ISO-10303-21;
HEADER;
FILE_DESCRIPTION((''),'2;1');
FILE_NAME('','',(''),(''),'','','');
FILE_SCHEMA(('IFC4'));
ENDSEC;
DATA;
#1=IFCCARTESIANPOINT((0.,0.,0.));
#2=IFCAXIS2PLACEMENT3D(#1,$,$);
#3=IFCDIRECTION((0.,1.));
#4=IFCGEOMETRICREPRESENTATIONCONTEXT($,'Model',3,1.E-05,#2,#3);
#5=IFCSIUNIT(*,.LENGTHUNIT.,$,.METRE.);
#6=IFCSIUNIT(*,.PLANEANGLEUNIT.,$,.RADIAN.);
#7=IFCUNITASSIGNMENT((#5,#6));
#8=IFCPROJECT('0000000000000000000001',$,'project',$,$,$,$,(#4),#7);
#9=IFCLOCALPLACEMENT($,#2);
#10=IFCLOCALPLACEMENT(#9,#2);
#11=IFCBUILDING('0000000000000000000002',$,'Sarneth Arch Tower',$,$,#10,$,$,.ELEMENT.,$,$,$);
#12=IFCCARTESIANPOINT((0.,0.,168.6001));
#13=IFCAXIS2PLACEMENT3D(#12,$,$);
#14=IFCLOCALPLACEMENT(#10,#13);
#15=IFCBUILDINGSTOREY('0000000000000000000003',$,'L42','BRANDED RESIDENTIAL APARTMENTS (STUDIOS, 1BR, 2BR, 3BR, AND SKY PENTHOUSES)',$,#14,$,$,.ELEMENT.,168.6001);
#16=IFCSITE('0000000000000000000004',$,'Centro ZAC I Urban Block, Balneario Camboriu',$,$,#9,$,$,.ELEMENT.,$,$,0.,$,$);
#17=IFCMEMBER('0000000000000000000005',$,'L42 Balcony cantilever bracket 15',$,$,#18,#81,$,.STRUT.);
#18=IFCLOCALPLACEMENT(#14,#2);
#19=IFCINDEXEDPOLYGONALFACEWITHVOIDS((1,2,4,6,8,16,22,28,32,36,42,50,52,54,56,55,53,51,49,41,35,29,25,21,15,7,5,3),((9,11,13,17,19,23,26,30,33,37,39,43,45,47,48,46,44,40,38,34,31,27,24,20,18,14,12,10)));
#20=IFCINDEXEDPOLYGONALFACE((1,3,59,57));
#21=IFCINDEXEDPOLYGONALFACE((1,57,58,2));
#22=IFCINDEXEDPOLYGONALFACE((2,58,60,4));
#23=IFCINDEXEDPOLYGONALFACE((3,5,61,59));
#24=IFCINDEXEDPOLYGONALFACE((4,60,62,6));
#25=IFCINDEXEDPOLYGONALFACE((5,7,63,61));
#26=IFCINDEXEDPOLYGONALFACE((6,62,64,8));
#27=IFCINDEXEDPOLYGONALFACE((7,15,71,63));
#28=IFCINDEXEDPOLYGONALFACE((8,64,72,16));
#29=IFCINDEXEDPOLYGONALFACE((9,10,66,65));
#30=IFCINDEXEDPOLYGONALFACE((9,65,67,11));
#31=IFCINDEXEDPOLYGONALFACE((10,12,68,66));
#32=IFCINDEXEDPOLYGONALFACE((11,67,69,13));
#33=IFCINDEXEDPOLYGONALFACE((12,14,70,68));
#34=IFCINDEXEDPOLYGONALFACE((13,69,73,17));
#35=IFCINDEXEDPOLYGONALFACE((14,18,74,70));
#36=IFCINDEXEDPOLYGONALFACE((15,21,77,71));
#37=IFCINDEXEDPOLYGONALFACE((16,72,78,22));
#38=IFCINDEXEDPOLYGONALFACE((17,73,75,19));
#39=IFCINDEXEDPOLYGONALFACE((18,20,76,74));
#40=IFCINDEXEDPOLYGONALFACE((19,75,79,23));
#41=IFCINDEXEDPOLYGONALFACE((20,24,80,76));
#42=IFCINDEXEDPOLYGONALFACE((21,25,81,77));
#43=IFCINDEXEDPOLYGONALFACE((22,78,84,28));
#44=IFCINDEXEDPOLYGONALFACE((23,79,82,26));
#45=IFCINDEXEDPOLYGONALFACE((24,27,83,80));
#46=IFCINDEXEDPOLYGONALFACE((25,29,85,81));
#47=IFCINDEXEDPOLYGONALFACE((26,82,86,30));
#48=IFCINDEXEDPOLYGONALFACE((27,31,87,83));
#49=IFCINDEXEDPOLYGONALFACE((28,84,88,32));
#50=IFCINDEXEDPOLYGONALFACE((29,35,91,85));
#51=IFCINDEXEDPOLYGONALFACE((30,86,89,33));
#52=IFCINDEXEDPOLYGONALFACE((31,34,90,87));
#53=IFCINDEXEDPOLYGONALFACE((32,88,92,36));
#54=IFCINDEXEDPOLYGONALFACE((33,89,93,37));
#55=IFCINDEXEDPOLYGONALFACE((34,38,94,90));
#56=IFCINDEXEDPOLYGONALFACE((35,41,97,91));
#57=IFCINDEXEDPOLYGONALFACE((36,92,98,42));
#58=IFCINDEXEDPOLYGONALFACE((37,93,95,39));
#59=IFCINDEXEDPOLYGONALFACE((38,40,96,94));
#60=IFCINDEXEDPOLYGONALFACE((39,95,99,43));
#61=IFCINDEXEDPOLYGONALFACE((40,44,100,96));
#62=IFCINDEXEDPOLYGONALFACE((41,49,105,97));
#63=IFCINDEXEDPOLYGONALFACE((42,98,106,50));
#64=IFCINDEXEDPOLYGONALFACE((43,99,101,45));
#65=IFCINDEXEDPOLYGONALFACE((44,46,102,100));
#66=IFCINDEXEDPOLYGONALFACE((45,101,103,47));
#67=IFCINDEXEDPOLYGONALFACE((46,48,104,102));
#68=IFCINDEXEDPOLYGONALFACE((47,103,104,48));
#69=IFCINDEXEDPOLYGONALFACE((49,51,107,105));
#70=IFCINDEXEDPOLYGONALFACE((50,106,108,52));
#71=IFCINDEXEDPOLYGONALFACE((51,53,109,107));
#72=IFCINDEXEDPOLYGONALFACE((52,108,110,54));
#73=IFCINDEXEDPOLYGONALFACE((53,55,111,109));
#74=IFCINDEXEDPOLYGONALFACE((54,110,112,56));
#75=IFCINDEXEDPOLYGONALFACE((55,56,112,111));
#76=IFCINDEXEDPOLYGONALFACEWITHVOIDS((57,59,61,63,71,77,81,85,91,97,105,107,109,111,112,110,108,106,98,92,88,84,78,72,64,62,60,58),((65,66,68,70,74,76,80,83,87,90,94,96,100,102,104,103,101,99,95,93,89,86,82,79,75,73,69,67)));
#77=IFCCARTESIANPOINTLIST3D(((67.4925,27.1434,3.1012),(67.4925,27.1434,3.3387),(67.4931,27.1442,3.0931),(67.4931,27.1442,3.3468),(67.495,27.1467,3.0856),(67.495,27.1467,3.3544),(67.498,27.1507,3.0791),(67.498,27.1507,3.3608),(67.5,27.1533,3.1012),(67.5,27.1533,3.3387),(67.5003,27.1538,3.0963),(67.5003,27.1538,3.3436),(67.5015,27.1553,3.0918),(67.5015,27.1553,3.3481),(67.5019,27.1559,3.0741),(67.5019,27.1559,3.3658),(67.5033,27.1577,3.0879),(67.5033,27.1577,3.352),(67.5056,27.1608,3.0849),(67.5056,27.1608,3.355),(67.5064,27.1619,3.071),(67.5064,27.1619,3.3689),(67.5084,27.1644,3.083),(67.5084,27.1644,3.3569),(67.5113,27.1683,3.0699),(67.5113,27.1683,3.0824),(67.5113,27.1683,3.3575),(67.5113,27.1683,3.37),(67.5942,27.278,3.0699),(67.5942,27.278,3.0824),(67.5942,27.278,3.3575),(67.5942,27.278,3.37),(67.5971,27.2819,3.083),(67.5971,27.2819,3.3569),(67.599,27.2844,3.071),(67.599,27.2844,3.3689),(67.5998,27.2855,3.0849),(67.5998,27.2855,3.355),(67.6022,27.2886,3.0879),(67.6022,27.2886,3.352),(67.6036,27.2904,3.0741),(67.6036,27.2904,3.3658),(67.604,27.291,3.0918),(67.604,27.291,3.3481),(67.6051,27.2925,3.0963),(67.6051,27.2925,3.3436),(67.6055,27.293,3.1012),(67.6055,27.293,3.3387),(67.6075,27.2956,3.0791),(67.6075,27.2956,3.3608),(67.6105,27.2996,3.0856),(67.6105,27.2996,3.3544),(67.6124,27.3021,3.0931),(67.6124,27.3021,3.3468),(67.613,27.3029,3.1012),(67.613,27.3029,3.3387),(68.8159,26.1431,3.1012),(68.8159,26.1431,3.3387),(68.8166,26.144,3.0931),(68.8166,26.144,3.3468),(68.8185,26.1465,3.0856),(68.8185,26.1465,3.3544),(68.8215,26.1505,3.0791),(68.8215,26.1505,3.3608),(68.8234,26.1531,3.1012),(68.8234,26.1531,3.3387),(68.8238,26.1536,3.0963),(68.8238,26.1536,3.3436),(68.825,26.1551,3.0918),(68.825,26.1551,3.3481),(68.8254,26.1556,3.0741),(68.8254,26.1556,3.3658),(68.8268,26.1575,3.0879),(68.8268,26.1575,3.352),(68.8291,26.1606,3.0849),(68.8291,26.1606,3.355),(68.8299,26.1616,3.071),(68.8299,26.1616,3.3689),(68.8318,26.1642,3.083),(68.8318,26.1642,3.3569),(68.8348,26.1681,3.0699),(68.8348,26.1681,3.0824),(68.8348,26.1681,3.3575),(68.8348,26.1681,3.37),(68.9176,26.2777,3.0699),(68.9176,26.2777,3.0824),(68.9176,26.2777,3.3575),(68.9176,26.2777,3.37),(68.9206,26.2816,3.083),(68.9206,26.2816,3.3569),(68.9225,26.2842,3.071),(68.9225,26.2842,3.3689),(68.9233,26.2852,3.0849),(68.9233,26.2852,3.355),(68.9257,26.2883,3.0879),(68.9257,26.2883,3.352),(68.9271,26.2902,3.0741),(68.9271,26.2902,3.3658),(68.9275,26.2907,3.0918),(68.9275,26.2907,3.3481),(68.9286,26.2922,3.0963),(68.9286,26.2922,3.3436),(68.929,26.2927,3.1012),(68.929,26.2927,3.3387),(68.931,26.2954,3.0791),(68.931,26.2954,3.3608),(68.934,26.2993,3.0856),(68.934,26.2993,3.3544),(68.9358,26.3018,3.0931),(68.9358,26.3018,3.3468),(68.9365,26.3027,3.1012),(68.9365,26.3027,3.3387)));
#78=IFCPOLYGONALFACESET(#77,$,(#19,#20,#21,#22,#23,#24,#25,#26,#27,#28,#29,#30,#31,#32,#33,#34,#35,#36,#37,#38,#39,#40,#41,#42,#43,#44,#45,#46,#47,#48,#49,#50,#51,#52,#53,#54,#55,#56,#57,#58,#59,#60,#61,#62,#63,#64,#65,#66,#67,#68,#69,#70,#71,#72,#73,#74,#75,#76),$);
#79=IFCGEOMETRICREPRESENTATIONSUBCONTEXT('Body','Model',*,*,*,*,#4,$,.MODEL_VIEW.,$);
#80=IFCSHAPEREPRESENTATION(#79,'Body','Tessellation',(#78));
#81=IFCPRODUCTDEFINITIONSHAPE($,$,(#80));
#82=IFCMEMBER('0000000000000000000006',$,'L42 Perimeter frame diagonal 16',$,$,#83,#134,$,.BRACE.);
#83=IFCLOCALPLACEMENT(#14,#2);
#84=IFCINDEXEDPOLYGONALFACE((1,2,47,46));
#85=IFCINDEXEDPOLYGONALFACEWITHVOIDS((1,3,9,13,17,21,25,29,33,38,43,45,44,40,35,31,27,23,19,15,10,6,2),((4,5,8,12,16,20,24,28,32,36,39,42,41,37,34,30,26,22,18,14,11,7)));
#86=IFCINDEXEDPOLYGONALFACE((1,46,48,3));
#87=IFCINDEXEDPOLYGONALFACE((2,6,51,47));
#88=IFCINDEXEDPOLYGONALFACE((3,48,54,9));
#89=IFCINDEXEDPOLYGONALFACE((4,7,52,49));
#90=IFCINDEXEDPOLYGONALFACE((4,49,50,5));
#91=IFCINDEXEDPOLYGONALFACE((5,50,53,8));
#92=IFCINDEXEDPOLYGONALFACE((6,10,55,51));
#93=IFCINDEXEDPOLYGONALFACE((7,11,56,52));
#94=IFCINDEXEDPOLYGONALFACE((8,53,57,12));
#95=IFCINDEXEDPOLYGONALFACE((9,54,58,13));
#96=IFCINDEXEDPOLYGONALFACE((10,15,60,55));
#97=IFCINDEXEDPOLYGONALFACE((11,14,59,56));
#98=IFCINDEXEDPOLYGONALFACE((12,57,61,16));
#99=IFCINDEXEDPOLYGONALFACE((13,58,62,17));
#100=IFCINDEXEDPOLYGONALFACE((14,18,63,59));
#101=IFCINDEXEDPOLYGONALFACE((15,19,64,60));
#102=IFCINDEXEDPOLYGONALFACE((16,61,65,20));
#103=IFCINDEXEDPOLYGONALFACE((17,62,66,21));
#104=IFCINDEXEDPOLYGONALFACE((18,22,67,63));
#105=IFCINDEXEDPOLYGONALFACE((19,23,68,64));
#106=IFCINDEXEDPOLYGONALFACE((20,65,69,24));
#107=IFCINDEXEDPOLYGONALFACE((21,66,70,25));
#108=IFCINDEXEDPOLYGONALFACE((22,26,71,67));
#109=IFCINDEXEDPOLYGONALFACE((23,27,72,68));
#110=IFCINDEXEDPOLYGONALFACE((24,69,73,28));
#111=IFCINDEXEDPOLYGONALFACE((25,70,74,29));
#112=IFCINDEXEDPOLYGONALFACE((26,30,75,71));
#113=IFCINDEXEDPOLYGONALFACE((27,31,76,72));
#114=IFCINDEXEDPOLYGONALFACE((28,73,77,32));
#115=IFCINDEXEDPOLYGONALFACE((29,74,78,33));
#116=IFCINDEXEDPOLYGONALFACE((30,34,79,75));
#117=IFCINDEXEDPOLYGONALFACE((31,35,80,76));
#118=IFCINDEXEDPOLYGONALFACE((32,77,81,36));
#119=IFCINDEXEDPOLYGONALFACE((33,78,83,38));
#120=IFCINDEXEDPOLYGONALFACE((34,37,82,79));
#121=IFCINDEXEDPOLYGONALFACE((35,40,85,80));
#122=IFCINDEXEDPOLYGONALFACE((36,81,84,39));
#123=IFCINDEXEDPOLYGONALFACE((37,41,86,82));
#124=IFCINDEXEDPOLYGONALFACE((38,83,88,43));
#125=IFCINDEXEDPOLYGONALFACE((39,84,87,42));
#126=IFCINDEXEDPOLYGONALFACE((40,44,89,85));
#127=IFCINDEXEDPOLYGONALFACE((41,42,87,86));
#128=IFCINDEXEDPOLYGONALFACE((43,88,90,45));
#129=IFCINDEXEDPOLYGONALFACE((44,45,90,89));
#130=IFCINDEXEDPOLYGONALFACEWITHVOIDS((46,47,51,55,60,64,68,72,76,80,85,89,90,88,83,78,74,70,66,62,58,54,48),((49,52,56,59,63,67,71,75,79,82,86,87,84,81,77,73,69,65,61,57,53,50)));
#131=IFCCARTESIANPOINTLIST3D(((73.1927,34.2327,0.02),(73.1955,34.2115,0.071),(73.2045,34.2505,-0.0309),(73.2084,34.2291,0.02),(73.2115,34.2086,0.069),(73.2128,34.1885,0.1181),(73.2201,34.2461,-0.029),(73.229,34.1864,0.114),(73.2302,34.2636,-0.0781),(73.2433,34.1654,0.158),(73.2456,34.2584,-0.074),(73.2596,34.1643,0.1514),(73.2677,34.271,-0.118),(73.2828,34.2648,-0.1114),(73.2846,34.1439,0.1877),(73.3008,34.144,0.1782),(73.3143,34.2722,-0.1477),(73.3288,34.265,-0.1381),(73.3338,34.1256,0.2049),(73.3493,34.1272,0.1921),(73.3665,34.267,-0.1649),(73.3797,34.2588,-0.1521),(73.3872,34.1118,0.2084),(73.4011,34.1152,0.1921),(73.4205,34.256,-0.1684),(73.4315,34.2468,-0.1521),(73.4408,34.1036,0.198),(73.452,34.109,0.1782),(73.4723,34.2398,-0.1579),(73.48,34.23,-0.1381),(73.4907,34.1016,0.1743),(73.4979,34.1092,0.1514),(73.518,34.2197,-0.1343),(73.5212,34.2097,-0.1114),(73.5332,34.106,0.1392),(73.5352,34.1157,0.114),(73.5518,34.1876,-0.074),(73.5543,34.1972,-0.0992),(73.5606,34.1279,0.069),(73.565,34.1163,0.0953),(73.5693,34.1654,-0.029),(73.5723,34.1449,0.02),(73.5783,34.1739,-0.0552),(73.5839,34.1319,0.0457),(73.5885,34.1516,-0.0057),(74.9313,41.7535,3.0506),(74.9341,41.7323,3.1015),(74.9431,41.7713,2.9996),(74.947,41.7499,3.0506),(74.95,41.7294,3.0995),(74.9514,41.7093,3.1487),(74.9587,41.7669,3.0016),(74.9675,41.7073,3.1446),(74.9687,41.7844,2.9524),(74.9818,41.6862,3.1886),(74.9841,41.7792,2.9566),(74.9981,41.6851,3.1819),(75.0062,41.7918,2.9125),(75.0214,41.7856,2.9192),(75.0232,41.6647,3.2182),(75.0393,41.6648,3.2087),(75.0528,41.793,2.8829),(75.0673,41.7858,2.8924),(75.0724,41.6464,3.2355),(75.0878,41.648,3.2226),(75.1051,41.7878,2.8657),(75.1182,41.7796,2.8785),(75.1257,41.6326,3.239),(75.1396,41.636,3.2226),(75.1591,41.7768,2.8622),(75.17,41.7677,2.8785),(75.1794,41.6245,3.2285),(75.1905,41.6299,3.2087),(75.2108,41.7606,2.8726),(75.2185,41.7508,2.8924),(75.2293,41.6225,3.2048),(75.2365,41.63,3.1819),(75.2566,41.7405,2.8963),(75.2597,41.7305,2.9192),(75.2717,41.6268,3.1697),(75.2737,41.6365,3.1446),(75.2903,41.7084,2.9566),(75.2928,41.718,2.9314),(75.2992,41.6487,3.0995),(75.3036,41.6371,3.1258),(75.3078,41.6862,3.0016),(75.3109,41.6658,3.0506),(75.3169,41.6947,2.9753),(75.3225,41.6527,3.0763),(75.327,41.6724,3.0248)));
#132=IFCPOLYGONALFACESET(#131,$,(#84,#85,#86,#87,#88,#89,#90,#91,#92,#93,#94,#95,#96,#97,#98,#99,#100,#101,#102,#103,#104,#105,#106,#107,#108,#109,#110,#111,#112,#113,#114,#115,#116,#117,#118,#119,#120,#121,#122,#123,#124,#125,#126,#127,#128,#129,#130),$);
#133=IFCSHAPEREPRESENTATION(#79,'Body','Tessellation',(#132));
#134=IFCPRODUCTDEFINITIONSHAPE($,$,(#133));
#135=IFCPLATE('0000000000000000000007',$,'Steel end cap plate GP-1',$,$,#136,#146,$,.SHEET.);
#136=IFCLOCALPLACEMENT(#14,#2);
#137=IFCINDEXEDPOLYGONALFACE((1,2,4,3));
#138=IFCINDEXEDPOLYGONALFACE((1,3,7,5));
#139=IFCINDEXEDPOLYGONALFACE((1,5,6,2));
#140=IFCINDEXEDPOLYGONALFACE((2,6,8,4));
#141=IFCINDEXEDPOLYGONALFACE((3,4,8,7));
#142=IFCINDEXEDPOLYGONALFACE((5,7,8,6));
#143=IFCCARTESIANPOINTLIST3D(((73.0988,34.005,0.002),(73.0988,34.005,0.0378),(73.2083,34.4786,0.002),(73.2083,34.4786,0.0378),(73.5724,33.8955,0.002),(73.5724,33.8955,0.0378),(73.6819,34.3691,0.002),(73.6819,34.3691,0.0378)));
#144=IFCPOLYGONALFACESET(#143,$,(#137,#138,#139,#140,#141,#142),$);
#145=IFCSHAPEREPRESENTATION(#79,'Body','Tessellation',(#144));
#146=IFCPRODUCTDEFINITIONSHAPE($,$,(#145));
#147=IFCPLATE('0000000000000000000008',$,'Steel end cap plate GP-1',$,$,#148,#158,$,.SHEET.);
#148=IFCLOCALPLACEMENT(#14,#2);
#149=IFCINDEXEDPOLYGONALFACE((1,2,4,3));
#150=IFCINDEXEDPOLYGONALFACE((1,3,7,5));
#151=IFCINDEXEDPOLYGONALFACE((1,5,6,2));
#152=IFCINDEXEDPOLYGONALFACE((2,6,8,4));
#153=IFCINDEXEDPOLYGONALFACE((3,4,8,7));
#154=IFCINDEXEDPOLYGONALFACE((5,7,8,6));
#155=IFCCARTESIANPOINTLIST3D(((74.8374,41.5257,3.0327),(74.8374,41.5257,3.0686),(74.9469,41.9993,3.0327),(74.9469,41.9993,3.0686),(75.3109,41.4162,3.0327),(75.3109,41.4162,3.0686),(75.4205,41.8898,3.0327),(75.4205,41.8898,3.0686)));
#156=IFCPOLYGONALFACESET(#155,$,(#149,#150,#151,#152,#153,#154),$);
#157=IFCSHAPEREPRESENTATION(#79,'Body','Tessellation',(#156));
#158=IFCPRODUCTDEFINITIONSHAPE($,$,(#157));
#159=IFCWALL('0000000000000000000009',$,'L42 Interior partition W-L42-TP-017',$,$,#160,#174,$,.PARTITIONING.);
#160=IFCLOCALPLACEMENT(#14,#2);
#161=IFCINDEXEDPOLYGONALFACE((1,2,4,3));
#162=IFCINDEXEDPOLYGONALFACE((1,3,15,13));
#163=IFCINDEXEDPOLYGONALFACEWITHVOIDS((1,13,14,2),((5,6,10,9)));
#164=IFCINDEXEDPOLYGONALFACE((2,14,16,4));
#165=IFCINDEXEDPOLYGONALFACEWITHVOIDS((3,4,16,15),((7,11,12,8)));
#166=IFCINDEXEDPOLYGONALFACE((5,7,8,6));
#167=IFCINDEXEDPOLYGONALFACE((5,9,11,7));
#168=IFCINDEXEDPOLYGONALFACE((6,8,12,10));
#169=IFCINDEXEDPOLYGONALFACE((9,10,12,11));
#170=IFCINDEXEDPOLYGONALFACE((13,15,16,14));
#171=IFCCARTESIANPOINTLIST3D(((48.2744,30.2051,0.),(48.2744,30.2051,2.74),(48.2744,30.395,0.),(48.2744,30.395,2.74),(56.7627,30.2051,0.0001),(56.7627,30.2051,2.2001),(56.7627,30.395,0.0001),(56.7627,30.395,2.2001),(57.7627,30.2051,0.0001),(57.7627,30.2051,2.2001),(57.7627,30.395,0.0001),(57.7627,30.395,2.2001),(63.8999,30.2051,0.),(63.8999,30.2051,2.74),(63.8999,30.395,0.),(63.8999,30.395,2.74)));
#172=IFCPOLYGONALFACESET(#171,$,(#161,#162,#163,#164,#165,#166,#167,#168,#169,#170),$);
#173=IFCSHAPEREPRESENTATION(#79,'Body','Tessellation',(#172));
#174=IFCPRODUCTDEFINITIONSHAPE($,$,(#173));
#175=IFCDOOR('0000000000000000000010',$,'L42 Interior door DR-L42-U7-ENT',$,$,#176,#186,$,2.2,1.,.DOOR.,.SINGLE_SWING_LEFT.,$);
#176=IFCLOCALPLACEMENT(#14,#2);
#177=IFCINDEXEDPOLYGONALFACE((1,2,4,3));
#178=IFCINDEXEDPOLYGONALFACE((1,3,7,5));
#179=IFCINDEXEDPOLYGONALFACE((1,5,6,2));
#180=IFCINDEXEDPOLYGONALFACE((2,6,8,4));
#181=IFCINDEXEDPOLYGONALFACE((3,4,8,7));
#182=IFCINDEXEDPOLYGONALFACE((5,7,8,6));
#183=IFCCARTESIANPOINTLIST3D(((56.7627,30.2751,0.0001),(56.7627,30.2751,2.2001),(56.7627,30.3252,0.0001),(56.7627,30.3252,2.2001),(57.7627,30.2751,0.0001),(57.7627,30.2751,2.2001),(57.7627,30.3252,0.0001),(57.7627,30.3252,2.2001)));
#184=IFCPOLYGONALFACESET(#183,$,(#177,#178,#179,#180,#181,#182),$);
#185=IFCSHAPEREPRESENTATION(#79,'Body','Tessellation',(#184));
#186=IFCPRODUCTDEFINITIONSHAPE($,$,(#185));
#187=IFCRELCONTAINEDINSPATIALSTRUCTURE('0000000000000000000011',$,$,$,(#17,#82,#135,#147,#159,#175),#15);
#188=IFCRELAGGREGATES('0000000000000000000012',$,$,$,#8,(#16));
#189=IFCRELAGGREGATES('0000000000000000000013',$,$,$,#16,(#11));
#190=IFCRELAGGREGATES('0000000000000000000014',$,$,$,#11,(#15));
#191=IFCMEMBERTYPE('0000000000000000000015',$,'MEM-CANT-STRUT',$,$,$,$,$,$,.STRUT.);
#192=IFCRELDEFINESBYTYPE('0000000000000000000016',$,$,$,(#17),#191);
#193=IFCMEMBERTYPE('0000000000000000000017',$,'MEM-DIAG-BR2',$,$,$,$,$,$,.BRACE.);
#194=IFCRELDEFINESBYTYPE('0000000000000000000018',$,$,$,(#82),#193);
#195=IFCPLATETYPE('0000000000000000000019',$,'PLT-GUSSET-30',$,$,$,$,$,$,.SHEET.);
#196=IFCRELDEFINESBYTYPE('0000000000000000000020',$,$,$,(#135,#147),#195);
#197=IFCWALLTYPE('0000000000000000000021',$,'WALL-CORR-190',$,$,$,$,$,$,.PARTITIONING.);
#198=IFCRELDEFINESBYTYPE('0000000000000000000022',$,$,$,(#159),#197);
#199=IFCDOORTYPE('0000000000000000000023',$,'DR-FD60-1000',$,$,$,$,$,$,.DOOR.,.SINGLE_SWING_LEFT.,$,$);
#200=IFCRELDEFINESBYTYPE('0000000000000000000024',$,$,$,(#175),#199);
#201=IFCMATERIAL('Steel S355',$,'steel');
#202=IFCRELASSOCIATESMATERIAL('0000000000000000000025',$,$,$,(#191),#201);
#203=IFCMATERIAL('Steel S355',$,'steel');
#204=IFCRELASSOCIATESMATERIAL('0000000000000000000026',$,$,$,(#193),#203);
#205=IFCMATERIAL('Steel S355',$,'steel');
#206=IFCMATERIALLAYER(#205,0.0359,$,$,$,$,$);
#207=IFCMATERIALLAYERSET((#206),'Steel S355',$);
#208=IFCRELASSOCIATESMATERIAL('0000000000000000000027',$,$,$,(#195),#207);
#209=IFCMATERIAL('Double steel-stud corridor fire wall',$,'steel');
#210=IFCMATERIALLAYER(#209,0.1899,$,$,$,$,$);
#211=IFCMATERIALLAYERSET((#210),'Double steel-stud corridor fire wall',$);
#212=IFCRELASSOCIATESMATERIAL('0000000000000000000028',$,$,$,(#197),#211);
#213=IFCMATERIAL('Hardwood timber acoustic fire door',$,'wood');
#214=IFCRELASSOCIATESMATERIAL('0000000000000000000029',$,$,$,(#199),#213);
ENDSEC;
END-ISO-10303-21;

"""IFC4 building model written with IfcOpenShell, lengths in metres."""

from ifc_helpers import new_model, si_unit, direction, frame, frame_2d, origin, origin_2d, place, context, subcontext, project, spatial, rectangle, hollow_rectangle, hollow_circle, extrude, material, layer, layer_set, material_profile, profile_set, type_object, element, fill, save


model = new_model("IFC4")

# Units and contexts
model_context = context("Model", 3, precision=1e-05, world=origin(), true_north=direction((0.0, 1.0)))
body_context = subcontext(model_context, "Body", "Model", "MODEL_VIEW")
ifc_project = project(units=[si_unit("LENGTHUNIT", "METRE"), si_unit("PLANEANGLEUNIT", "RADIAN")], contexts=[model_context])

# Site, building, storey
site_placement = place(None, origin())
site = spatial("IfcSite", under=ifc_project, at=site_placement, Name="Centro ZAC I Urban Block, Balneario Camboriu", CompositionType="ELEMENT", RefElevation=0.0)
building_placement = place(site_placement, origin())
building = spatial("IfcBuilding", under=site, at=building_placement, Name="Sarneth Arch Tower", CompositionType="ELEMENT")
storey_placement = place(building_placement, frame((0.0, 0.0, 168.6001)))
storey = spatial("IfcBuildingStorey", under=building, at=storey_placement, Name="L42", Description="BRANDED RESIDENTIAL APARTMENTS (STUDIOS, 1BR, 2BR, 3BR, AND SKY PENTHOUSES)", CompositionType="ELEMENT", Elevation=168.6001)

# Members
ifc_material_1 = material(Name="Steel S355", Category="steel")
ifc_material_profile_1 = material_profile(ifc_material_1, hollow_rectangle(XDim=0.2, YDim=0.3, WallThickness=0.0125, InnerFilletRadius=0.0188, OuterFilletRadius=0.0312, at=origin_2d()), Name="RHS300x200x12.5")
ifc_profile_set_1 = profile_set([ifc_material_profile_1], Name="Steel S355")
member_type_1 = type_object("IfcMemberType", Name="MEM-CANT-STRUT", PredefinedType="STRUT", material=ifc_profile_set_1)
member_1_placement = place(storey_placement, frame((67.5527, 27.2231, 3.22), z_axis=(0.797787, -0.602939, 0.0), x_axis=(0.602939, 0.797787, 0.0)))
element("IfcMember", 1, at=member_1_placement, inside=storey, type_object=member_type_1, Name="L42 Balcony cantilever bracket 15", PredefinedType="STRUT", context=body_context, shape_type="SweptSolid", body=[
    extrude(hollow_rectangle(XDim=0.2, YDim=0.3, WallThickness=0.0125, InnerFilletRadius=0.0188, OuterFilletRadius=0.0312, at=origin_2d()), origin(), (0.0, 0.0, 1.0), 1.6589),
])
ifc_material_2 = material(Name="Steel S355", Category="steel")
ifc_material_profile_2 = material_profile(ifc_material_2, hollow_circle(Radius=0.2029, WallThickness=0.0161, at=origin_2d()), Name="CHS406x16")
ifc_profile_set_2 = profile_set([ifc_material_profile_2], Name="Steel S355")
member_type_2 = type_object("IfcMemberType", Name="MEM-DIAG-BR2", PredefinedType="BRACE", material=ifc_profile_set_2)
member_2_placement = place(storey_placement, frame((73.3904, 34.187, 0.02), z_axis=(0.209646, 0.906917, 0.365446), x_axis=(-0.974307, 0.225224, 0.0)))
element("IfcMember", 2, at=member_2_placement, inside=storey, type_object=member_type_2, Name="L42 Perimeter frame diagonal 16", PredefinedType="BRACE", context=body_context, shape_type="SweptSolid", body=[
    extrude(hollow_circle(Radius=0.2029, WallThickness=0.0161, at=origin_2d()), origin(), (0.0, 0.0, 1.0), 8.2927),
])

# Plates
ifc_material_3 = material(Name="Steel S355", Category="steel")
ifc_layer_1 = layer(ifc_material_3, 0.0359)
ifc_layer_set_1 = layer_set([ifc_layer_1], Name="Steel S355")
plate_type = type_object("IfcPlateType", Name="PLT-GUSSET-30", PredefinedType="SHEET", material=ifc_layer_set_1)
for number, where, z_axis, x_axis, name in (
    (3, (73.3904, 34.187, 0.002), (0.0, 0.0, 1.0), (0.225291, 0.974291, 0.0), "Steel end cap plate GP-1"),
    (4, (75.1289, 41.7078, 3.0327), (0.0, 0.0, 1.0), (0.225291, 0.974291, 0.0), "Steel end cap plate GP-1"),
):
    element("IfcPlate", number, at=place(storey_placement, frame(where, z_axis=z_axis, x_axis=x_axis)), inside=storey, type_object=plate_type, Name=name, PredefinedType="SHEET", context=body_context, shape_type="SweptSolid", body=[
        extrude(rectangle(XDim=0.4861, YDim=0.4861, at=origin_2d()), origin(), (0.0, 0.0, 1.0), 0.0359),
    ])

# Wall, opening, door
ifc_material_4 = material(Name="Double steel-stud corridor fire wall", Category="steel")
ifc_layer_2 = layer(ifc_material_4, 0.1899)
ifc_layer_set_2 = layer_set([ifc_layer_2], Name="Double steel-stud corridor fire wall")
wall_type_1 = type_object("IfcWallType", Name="WALL-CORR-190", PredefinedType="PARTITIONING", material=ifc_layer_set_2)
wall_1_placement = place(storey_placement, frame((63.8999, 30.3, 0.0), z_axis=(0.0, 0.0, 1.0), x_axis=(-1.0, 0.0, 0.0)))
wall_1 = element("IfcWall", 5, at=wall_1_placement, inside=storey, type_object=wall_type_1, Name="L42 Interior partition W-L42-TP-017", PredefinedType="PARTITIONING", context=body_context, shape_type="SweptSolid", body=[
    extrude(rectangle(XDim=15.6255, YDim=0.1899, at=frame_2d((7.8127, 0.0))), origin(), (0.0, 0.0, 1.0), 2.74),
])
opening_1_placement = place(wall_1_placement, frame((6.1372, 0.0, 0.0)))
opening_1 = element("IfcOpeningElement", 6, at=opening_1_placement, cuts=wall_1, PredefinedType="OPENING", context=body_context, shape_type="SweptSolid", body=[
    extrude(rectangle(XDim=1.0, YDim=2.2, at=frame_2d((0.5, 1.1001))), frame((0.0, 0.105, 0.0), z_axis=(0.0, -1.0, 0.0), x_axis=(1.0, 0.0, 0.0)), (0.0, 0.0, 1.0), 0.21),
])
ifc_material_5 = material(Name="Hardwood timber acoustic fire door", Category="wood")
door_type_1 = type_object("IfcDoorType", Name="DR-FD60-1000", OperationType="SINGLE_SWING_LEFT", PredefinedType="DOOR", material=ifc_material_5)
door_1_placement = place(opening_1_placement, origin())
door_1 = element("IfcDoor", 7, at=door_1_placement, inside=storey, type_object=door_type_1, Name="L42 Interior door DR-L42-U7-ENT", OperationType="SINGLE_SWING_LEFT", OverallHeight=2.2, OverallWidth=1.0, PredefinedType="DOOR", context=body_context, shape_type="SweptSolid", body=[
    extrude(rectangle(XDim=1.0, YDim=2.2, at=frame_2d((0.5, 1.1001))), frame((0.0, 0.0249, 0.0), z_axis=(0.0, -1.0, 0.0), x_axis=(1.0, 0.0, 0.0)), (0.0, 0.0, 1.0), 0.05),
])
fill(opening_1, door_1)

save(model, "model.ifc")
